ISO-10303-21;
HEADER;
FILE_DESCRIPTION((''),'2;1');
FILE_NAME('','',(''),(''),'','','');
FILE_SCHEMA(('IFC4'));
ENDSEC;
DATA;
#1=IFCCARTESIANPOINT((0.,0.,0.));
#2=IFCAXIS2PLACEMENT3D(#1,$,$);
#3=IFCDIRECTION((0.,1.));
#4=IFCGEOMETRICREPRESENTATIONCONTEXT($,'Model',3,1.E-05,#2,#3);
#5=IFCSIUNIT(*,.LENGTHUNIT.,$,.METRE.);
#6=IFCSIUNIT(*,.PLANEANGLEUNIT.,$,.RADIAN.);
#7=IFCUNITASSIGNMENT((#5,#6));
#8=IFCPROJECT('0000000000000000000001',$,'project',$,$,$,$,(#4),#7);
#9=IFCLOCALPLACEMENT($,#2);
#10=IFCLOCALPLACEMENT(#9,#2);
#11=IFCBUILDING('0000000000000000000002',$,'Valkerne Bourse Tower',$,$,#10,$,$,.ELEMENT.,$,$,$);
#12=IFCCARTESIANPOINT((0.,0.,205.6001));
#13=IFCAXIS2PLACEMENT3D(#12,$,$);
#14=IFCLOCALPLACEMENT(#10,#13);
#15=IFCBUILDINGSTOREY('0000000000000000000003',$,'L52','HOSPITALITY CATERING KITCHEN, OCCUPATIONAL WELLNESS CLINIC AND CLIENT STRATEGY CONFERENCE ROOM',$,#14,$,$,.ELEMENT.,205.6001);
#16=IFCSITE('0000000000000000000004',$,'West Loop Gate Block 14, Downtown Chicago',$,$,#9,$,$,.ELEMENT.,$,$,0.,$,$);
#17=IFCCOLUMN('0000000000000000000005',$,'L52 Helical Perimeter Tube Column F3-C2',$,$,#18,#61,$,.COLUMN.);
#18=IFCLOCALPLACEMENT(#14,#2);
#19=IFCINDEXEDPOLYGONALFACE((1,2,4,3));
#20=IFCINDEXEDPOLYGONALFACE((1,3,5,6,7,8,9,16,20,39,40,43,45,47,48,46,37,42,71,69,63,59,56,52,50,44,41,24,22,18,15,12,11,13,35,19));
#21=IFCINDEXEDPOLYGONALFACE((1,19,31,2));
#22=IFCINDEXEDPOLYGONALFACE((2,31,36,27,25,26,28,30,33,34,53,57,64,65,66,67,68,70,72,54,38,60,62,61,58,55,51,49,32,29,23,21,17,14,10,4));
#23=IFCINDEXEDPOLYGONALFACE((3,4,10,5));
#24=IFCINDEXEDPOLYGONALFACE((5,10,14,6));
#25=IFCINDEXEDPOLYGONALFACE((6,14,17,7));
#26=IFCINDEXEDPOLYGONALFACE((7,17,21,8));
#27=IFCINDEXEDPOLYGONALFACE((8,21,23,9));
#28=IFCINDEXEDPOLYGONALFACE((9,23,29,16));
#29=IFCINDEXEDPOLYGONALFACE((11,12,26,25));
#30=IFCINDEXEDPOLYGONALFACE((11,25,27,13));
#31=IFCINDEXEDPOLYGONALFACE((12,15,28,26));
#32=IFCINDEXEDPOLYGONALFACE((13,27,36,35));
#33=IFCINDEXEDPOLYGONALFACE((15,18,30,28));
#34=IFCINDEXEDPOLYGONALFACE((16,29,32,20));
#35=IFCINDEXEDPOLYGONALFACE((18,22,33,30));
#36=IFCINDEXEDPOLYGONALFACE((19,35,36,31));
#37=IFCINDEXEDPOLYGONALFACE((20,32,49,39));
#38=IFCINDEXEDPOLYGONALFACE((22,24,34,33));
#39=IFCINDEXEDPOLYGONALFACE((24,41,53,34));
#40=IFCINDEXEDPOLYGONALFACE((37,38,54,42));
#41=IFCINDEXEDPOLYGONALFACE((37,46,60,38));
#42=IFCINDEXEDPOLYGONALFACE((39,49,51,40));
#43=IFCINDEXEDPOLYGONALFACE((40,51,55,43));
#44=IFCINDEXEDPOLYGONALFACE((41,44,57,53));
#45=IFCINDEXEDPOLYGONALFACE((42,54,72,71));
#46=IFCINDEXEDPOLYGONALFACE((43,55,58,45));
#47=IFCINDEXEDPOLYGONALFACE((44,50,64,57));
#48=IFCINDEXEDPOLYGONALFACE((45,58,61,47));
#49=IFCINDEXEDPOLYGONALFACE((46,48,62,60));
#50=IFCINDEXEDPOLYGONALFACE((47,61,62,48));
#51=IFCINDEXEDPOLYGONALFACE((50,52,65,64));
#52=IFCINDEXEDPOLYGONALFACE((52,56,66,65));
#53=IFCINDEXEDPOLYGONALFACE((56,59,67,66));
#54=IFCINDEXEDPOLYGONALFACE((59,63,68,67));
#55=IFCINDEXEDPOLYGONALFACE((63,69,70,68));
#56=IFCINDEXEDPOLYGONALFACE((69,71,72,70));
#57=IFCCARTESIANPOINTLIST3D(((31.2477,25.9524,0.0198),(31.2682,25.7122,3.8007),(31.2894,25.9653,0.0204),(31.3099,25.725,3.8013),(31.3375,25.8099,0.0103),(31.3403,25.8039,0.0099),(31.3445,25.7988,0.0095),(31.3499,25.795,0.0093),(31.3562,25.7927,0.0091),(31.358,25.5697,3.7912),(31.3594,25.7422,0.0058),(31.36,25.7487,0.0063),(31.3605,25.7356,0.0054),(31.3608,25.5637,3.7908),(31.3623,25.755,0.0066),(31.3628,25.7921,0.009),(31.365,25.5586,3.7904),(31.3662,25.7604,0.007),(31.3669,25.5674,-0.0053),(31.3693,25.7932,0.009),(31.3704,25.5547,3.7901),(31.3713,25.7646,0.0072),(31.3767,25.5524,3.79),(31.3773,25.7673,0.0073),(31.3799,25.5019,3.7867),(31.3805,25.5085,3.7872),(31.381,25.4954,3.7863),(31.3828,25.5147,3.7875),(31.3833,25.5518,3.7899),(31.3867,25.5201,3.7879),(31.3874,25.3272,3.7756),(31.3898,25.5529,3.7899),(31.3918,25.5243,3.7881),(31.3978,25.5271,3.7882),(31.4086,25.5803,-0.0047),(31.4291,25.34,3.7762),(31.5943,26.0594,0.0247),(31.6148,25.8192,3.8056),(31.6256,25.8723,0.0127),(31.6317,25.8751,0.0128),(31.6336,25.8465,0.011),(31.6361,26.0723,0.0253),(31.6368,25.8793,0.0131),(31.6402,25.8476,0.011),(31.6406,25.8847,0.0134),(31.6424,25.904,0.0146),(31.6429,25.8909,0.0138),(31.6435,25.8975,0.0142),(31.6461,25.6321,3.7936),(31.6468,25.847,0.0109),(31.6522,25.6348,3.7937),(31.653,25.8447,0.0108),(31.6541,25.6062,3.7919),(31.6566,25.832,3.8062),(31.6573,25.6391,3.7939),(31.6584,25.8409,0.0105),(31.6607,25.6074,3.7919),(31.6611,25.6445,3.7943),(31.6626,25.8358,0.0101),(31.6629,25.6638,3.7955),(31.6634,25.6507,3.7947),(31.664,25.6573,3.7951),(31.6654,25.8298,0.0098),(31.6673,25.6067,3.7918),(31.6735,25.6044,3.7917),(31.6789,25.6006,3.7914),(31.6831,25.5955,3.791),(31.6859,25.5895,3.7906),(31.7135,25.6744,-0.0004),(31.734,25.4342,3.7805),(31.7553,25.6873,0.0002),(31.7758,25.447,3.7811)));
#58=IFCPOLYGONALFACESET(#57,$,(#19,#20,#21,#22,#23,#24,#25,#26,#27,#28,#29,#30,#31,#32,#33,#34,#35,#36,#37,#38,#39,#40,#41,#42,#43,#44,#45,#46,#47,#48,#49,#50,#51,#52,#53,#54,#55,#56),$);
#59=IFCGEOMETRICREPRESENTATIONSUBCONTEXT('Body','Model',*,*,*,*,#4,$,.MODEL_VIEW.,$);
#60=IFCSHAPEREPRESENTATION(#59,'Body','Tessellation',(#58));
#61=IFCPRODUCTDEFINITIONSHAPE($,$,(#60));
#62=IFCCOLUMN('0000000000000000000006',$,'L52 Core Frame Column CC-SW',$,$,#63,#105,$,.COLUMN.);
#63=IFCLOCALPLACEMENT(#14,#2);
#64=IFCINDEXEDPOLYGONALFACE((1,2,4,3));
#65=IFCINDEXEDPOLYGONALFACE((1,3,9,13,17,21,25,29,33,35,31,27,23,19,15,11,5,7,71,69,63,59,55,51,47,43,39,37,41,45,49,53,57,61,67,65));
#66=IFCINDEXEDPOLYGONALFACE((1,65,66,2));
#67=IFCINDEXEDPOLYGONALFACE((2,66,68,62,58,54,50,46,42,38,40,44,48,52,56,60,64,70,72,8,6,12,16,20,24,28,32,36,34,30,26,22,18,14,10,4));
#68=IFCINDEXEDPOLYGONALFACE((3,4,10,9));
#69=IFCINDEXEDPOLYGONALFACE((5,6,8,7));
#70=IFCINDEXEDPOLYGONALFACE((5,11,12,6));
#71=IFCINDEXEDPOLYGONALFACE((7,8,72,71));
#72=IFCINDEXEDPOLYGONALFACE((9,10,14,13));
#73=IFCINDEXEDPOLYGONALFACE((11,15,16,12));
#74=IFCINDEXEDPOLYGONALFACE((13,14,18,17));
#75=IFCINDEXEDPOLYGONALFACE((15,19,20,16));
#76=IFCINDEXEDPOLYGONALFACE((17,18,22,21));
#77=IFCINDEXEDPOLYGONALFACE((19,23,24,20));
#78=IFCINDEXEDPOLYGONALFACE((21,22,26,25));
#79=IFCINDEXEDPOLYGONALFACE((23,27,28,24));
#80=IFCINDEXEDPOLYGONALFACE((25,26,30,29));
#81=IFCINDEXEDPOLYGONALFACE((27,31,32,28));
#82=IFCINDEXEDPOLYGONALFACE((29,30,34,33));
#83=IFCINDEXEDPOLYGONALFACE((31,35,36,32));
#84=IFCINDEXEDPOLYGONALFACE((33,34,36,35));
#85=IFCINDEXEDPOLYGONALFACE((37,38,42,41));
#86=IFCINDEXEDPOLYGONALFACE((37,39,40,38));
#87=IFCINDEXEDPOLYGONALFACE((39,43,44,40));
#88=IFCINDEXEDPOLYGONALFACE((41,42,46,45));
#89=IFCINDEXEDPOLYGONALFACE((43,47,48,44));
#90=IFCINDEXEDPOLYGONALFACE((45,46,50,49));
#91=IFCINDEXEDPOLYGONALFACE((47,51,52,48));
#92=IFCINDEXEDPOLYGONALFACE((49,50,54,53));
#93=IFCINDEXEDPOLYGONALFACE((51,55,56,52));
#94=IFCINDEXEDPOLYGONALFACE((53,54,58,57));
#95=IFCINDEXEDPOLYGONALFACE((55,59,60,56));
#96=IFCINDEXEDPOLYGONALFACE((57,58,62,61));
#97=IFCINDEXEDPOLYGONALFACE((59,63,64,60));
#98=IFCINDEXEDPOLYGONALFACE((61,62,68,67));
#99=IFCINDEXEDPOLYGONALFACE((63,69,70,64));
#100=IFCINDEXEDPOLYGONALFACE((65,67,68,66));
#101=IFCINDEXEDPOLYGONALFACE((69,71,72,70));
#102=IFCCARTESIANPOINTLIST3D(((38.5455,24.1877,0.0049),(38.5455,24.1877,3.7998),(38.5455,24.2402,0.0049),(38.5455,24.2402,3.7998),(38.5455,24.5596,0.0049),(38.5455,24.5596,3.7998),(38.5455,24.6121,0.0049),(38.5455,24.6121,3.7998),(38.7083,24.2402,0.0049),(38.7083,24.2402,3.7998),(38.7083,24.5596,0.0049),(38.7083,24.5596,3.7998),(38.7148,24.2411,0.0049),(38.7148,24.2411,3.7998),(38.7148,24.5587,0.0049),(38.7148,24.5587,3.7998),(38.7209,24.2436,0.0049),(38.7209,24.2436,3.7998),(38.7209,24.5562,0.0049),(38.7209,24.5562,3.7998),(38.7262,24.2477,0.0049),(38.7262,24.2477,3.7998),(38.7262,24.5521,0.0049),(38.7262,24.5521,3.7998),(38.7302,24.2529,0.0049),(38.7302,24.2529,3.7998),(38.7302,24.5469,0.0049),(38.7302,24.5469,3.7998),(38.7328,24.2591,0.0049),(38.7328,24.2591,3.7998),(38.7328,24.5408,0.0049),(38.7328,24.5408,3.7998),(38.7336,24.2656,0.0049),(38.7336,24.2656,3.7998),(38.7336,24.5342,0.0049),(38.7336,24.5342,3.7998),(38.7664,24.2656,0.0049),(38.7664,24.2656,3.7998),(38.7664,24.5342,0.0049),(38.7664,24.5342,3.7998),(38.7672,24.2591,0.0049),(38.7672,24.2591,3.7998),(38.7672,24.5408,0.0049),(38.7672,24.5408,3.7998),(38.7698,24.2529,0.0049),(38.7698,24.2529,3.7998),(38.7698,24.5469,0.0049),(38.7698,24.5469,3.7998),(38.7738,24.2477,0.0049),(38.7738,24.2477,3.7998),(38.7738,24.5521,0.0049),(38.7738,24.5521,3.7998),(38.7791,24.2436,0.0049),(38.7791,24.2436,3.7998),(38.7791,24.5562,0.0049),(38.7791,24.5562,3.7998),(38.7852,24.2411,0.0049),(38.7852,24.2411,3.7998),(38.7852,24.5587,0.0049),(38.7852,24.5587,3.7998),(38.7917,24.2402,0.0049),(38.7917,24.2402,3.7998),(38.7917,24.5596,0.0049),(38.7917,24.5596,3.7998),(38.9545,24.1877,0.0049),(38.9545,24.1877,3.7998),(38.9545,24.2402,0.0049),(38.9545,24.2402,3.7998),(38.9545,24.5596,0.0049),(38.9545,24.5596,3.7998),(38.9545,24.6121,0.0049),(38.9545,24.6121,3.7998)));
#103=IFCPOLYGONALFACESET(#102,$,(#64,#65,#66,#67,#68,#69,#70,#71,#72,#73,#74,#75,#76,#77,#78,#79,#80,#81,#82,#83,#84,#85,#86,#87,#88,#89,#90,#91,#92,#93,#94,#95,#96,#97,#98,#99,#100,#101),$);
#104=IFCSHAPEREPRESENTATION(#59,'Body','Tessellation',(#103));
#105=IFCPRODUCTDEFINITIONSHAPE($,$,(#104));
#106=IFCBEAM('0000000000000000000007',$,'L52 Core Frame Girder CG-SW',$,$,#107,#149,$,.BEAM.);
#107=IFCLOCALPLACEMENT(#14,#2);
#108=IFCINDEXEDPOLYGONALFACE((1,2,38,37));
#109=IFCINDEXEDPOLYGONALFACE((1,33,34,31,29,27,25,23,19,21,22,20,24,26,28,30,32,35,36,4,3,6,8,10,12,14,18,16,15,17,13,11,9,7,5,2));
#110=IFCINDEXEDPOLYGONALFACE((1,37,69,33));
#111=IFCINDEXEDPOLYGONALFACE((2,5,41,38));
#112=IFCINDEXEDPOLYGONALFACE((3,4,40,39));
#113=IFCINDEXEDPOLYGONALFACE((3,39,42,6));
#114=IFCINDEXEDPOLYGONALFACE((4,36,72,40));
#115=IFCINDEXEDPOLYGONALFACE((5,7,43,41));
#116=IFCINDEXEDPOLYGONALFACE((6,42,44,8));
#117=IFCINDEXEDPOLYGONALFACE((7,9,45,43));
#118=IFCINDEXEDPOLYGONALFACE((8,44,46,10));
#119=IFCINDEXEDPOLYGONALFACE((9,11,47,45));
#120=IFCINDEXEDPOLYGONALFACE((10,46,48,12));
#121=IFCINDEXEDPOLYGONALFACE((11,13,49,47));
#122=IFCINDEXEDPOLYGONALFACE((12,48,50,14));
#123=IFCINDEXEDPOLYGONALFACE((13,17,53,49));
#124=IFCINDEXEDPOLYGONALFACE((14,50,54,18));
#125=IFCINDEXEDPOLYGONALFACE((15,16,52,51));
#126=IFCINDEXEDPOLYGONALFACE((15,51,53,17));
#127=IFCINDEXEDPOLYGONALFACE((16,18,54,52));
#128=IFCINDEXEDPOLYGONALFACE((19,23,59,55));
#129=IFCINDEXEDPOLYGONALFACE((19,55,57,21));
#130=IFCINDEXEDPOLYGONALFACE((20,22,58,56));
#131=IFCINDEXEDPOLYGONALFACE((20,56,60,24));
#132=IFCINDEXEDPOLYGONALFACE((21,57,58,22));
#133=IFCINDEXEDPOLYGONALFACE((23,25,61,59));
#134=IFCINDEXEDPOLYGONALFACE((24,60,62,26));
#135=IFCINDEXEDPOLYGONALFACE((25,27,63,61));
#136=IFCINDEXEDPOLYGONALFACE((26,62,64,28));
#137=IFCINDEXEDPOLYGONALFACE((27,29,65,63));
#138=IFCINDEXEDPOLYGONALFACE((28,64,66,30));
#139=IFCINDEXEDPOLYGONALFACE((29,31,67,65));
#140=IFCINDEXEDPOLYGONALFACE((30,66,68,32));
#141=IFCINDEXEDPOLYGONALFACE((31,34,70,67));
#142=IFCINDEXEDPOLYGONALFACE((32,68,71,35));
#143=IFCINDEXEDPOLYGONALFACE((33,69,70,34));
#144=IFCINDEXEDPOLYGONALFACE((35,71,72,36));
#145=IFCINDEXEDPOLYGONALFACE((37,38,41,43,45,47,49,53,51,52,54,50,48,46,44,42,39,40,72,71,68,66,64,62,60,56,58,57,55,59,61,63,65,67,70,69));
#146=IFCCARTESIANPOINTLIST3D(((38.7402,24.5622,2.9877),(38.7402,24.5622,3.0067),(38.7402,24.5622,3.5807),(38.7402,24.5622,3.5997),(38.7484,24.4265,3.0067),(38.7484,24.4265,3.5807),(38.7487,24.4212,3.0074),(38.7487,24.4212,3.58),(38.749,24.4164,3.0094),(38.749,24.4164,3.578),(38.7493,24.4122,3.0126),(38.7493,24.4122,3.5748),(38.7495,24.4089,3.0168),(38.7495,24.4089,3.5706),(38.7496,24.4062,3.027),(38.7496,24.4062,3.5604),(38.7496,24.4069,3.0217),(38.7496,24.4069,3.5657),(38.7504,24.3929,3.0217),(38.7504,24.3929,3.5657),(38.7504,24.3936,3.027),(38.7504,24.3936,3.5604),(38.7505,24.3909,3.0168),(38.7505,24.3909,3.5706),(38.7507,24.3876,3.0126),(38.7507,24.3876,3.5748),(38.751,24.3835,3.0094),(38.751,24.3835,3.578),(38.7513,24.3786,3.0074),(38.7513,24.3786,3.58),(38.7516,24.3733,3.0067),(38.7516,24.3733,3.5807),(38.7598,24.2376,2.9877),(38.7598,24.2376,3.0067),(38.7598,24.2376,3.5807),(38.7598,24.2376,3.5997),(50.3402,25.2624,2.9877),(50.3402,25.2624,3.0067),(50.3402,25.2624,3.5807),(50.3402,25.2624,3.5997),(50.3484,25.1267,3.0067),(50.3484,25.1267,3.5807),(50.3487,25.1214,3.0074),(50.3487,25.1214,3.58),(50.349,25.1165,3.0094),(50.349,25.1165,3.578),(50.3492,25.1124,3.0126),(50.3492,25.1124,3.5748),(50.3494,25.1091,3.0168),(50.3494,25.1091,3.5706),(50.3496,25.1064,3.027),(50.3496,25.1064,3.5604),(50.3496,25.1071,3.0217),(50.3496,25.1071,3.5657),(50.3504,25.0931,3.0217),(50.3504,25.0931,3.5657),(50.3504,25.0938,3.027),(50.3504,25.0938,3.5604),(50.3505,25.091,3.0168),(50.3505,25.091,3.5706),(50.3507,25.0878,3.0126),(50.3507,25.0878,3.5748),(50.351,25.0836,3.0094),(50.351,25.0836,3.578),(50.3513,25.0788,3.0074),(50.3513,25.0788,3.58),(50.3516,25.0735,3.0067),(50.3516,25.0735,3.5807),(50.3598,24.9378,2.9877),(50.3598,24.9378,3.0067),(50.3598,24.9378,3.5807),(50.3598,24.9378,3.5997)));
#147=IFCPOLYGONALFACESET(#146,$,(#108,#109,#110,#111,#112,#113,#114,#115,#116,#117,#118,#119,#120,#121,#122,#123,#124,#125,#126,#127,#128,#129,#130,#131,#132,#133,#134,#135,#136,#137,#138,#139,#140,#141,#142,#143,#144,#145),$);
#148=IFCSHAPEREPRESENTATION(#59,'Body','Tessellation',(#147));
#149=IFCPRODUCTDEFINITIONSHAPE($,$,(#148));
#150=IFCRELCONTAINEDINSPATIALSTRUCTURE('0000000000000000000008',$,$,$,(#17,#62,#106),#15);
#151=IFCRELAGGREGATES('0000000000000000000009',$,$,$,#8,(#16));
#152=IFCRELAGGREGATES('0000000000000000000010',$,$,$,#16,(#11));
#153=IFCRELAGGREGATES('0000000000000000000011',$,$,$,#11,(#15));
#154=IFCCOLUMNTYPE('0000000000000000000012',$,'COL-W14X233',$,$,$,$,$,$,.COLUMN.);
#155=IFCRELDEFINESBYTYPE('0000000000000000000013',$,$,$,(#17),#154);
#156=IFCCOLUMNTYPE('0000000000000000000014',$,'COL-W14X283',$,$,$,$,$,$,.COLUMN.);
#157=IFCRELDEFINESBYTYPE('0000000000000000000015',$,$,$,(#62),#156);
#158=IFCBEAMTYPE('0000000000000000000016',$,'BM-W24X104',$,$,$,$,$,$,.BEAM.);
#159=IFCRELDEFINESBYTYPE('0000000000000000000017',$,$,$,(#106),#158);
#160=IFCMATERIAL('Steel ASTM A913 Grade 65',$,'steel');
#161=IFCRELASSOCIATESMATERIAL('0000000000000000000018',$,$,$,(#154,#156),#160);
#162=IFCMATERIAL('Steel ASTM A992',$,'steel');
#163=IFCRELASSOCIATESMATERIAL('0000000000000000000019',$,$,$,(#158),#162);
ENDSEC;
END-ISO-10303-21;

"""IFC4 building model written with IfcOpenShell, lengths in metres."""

from ifc_helpers import new_model, si_unit, direction, frame, origin, origin_2d, place, context, subcontext, project, spatial, i_section, extrude, material, material_profile, profile_set, type_object, element, save


model = new_model("IFC4")

# Units and contexts
model_context = context("Model", 3, precision=1e-05, world=origin(), true_north=direction((0.0, 1.0)))
body_context = subcontext(model_context, "Body", "Model", "MODEL_VIEW")
ifc_project = project(units=[si_unit("LENGTHUNIT", "METRE"), si_unit("PLANEANGLEUNIT", "RADIAN")], contexts=[model_context])

# Site, building, storey
site_placement = place(None, origin())
site = spatial("IfcSite", under=ifc_project, at=site_placement, Name="West Loop Gate Block 14, Downtown Chicago", CompositionType="ELEMENT", RefElevation=0.0)
building_placement = place(site_placement, origin())
building = spatial("IfcBuilding", under=site, at=building_placement, Name="Valkerne Bourse Tower", CompositionType="ELEMENT")
storey_placement = place(building_placement, frame((0.0, 0.0, 205.6001)))
storey = spatial("IfcBuildingStorey", under=building, at=storey_placement, Name="L52", Description="HOSPITALITY CATERING KITCHEN, OCCUPATIONAL WELLNESS CLINIC AND CLIENT STRATEGY CONFERENCE ROOM", CompositionType="ELEMENT", Elevation=205.6001)

# Columns
ifc_material_1 = material(Name="Steel ASTM A913 Grade 65", Category="steel")
ifc_material_profile_1 = material_profile(ifc_material_1, i_section(OverallWidth=0.4038, OverallDepth=0.4065, WebThickness=0.0271, FlangeThickness=0.0437, FilletRadius=0.0254, at=origin_2d()), Name="W14X233")
ifc_profile_set_1 = profile_set([ifc_material_profile_1], Name="Steel ASTM A913 Grade 65")
column_type_1 = type_object("IfcColumnType", Name="COL-W14X233", PredefinedType="COLUMN", material=ifc_profile_set_1)
column_1_placement = place(storey_placement, frame((31.5015, 25.8198, 0.01), z_axis=(0.005413, -0.063408, 0.997973), x_axis=(0.295194, -0.953412, -0.062178)))
element("IfcColumn", 1, at=column_1_placement, inside=storey, type_object=column_type_1, Name="L52 Helical Perimeter Tube Column F3-C2", PredefinedType="COLUMN", context=body_context, shape_type="SweptSolid", body=[
    extrude(i_section(OverallWidth=0.4038, OverallDepth=0.4065, WebThickness=0.0271, FlangeThickness=0.0437, FilletRadius=0.0254, at=origin_2d()), origin(), (0.0, 0.0, 1.0), 3.7886),
])
ifc_material_profile_2 = material_profile(ifc_material_1, i_section(OverallWidth=0.4089, OverallDepth=0.4243, WebThickness=0.0327, FlangeThickness=0.0525, FilletRadius=0.0254, at=origin_2d()), Name="W14X283")
ifc_profile_set_2 = profile_set([ifc_material_profile_2], Name="Steel ASTM A913 Grade 65")
column_type_2 = type_object("IfcColumnType", Name="COL-W14X283", PredefinedType="COLUMN", material=ifc_profile_set_2)
column_2_placement = place(storey_placement, frame((38.75, 24.3999, 0.0049), z_axis=(0.0, 0.0, 1.0), x_axis=(1.0, 0.0, 0.0)))
element("IfcColumn", 2, at=column_2_placement, inside=storey, type_object=column_type_2, Name="L52 Core Frame Column CC-SW", PredefinedType="COLUMN", context=body_context, shape_type="SweptSolid", body=[
    extrude(i_section(OverallWidth=0.4089, OverallDepth=0.4243, WebThickness=0.0327, FlangeThickness=0.0525, FilletRadius=0.0254, at=origin_2d()), origin(), (0.0, 0.0, 1.0), 3.7949),
])

# Beam
ifc_material_2 = material(Name="Steel ASTM A992", Category="steel")
ifc_material_profile_3 = material_profile(ifc_material_2, i_section(OverallWidth=0.3252, OverallDepth=0.6121, WebThickness=0.0127, FlangeThickness=0.019, FilletRadius=0.0203, at=origin_2d()), Name="W24X104")
ifc_profile_set_3 = profile_set([ifc_material_profile_3], Name="Steel ASTM A992")
beam_type_1 = type_object("IfcBeamType", Name="BM-W24X104", PredefinedType="BEAM", material=ifc_profile_set_3)
beam_1_placement = place(storey_placement, frame((38.75, 24.3999, 3.2937), z_axis=(0.998183, 0.060251, 0.0), x_axis=(-0.060251, 0.998183, 0.0)))
element("IfcBeam", 3, at=beam_1_placement, inside=storey, type_object=beam_type_1, Name="L52 Core Frame Girder CG-SW", PredefinedType="BEAM", context=body_context, shape_type="SweptSolid", body=[
    extrude(i_section(OverallWidth=0.3252, OverallDepth=0.6121, WebThickness=0.0127, FlangeThickness=0.019, FilletRadius=0.0203, at=origin_2d()), origin(), (0.0, 0.0, 1.0), 11.6211),
])

save(model, "model.ifc")
